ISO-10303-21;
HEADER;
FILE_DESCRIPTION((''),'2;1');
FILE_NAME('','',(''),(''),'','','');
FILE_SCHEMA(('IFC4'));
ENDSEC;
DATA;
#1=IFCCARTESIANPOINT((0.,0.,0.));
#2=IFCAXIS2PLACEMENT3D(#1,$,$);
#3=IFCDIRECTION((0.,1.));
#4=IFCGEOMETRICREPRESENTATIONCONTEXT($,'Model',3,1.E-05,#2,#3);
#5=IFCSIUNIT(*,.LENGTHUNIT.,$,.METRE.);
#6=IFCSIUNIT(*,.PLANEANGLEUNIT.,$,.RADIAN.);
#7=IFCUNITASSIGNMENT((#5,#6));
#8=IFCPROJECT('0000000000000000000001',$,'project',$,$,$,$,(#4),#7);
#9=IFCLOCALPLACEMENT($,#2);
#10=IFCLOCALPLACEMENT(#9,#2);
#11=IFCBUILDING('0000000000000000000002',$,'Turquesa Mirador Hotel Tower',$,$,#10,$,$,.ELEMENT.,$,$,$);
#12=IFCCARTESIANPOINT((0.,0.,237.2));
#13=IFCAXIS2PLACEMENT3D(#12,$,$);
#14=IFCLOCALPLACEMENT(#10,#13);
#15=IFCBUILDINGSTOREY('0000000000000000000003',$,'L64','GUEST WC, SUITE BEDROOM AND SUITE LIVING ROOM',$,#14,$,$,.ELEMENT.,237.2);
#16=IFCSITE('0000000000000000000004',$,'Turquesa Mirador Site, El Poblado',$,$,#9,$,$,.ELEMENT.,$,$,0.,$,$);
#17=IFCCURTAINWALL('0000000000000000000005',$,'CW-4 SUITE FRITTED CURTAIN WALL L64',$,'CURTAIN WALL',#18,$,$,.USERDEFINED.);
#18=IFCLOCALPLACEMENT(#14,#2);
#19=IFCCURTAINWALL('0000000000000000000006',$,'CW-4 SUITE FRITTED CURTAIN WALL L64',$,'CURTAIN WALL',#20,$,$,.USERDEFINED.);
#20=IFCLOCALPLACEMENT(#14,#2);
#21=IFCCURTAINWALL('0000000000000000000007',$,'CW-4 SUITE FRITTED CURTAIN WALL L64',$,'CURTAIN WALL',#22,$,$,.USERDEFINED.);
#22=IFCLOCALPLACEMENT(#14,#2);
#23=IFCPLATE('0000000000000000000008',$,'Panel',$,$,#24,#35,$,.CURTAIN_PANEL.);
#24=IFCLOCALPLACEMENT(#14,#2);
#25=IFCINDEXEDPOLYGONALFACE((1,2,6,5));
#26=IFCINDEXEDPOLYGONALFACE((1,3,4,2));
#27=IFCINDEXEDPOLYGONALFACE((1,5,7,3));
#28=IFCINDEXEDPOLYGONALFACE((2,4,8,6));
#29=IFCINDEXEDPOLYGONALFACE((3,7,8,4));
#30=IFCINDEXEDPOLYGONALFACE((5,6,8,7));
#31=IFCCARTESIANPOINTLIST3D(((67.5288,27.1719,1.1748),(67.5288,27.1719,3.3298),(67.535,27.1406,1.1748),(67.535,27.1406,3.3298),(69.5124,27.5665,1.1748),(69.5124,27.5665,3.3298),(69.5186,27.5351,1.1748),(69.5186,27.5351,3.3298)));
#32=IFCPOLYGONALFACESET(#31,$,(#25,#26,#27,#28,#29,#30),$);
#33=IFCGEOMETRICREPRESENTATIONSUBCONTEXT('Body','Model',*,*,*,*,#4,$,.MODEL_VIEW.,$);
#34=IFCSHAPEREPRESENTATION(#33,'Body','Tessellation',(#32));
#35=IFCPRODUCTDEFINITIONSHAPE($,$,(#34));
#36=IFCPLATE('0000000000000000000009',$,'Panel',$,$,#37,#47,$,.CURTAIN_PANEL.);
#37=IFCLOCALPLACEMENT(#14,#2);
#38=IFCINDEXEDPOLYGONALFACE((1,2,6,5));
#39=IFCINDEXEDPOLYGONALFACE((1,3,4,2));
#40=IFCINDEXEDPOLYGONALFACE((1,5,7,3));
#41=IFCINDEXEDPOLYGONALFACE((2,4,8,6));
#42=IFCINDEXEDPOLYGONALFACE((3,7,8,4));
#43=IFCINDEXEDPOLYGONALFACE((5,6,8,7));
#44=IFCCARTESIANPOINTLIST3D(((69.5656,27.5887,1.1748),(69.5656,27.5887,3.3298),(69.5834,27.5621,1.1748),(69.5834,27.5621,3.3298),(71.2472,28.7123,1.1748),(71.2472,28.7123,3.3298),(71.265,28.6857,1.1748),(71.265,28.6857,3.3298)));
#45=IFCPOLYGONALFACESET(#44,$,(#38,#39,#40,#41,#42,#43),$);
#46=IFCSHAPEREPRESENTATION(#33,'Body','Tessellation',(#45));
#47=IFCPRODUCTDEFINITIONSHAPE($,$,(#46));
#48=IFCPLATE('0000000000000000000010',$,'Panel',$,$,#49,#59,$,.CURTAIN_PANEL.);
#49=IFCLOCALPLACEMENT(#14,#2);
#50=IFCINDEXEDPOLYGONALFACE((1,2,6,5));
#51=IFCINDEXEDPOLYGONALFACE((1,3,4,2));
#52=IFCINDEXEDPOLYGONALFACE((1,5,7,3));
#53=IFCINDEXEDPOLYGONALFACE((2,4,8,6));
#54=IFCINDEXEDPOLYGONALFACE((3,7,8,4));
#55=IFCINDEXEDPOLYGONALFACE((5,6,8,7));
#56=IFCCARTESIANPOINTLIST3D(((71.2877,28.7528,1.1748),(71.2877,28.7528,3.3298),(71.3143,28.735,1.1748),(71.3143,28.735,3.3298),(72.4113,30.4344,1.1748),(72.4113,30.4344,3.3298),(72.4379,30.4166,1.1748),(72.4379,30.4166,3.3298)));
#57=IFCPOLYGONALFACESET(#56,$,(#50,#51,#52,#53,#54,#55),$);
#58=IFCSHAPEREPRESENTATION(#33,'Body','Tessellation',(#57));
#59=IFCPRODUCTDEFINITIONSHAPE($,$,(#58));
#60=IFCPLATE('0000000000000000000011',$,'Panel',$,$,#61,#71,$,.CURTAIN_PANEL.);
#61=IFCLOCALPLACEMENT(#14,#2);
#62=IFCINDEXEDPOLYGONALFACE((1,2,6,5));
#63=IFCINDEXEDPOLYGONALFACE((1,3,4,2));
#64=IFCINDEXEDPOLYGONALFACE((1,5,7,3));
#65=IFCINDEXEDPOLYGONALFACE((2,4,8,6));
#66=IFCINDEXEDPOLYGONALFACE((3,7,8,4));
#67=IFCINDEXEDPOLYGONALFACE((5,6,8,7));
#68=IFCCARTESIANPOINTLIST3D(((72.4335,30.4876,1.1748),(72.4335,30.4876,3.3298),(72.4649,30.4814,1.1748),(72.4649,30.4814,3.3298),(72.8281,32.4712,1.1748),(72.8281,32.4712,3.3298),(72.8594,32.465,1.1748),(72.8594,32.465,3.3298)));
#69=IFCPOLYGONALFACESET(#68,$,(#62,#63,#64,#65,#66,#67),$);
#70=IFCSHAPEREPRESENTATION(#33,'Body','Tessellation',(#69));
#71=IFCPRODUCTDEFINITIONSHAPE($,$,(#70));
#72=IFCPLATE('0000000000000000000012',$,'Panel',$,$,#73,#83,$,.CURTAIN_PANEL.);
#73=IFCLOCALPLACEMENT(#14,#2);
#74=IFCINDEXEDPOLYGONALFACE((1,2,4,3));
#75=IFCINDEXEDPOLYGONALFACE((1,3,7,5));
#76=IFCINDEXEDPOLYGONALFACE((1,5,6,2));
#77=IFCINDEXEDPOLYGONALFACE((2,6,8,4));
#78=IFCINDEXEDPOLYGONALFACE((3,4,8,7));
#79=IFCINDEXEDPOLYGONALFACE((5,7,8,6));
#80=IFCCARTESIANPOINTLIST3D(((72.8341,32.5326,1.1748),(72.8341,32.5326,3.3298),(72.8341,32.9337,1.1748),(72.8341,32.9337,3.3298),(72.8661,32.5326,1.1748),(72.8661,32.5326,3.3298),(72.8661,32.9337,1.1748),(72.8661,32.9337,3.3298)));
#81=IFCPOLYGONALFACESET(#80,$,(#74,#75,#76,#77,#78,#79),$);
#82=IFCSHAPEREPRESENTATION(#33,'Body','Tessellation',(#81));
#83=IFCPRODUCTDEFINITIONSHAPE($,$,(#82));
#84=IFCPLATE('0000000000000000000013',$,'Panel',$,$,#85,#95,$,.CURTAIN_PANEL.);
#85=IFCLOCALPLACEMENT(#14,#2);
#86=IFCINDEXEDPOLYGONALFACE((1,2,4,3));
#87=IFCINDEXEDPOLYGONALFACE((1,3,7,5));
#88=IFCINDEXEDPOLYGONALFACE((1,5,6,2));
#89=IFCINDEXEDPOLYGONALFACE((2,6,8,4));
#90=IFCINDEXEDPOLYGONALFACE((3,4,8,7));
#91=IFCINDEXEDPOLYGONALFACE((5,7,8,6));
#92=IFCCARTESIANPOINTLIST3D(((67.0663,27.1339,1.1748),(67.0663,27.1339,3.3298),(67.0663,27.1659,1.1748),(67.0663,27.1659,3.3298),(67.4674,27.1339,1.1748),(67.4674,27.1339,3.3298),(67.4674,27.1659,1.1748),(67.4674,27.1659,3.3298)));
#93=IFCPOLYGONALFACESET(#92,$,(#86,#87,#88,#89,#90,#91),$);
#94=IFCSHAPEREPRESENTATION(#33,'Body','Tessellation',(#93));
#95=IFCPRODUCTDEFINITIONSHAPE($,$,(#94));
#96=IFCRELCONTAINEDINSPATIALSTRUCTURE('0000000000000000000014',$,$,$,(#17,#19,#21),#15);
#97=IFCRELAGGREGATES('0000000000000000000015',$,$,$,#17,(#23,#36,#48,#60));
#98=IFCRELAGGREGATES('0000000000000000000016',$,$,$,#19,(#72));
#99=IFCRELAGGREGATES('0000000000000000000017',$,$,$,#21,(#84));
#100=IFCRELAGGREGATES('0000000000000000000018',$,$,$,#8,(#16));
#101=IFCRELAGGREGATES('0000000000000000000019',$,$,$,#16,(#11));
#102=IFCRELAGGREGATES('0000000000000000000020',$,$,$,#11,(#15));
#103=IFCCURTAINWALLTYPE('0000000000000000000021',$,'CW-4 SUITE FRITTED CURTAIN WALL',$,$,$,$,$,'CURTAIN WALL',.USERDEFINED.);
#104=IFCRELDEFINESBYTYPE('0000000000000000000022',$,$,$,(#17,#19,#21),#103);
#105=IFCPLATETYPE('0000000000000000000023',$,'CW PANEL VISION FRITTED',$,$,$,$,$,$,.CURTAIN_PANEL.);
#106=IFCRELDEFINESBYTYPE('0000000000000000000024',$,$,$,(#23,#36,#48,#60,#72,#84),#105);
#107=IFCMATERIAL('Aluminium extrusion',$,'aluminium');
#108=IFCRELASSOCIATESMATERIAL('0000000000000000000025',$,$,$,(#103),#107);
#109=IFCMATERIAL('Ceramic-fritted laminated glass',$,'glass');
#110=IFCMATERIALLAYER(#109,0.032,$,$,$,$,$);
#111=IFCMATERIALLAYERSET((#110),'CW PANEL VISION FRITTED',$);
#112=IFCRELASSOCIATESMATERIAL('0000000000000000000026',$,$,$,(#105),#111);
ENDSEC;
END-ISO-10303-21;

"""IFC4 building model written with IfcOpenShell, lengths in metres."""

from ifc_helpers import new_model, si_unit, direction, frame, origin, origin_2d, place, context, subcontext, project, spatial, rectangle, extrude, material, layer, layer_set, type_object, element, aggregate, save


model = new_model("IFC4")

# Units and contexts
model_context = context("Model", 3, precision=1e-05, world=origin(), true_north=direction((0.0, 1.0)))
body_context = subcontext(model_context, "Body", "Model", "MODEL_VIEW")
ifc_project = project(units=[si_unit("LENGTHUNIT", "METRE"), si_unit("PLANEANGLEUNIT", "RADIAN")], contexts=[model_context])

# Site, building, storey
site_placement = place(None, origin())
site = spatial("IfcSite", under=ifc_project, at=site_placement, Name="Turquesa Mirador Site, El Poblado", CompositionType="ELEMENT", RefElevation=0.0)
building_placement = place(site_placement, origin())
building = spatial("IfcBuilding", under=site, at=building_placement, Name="Turquesa Mirador Hotel Tower", CompositionType="ELEMENT")
storey_placement = place(building_placement, frame((0.0, 0.0, 237.2)))
storey = spatial("IfcBuildingStorey", under=building, at=storey_placement, Name="L64", Description="GUEST WC, SUITE BEDROOM AND SUITE LIVING ROOM", CompositionType="ELEMENT", Elevation=237.2)

# Curtain walls
ifc_material_1 = material(Name="Aluminium extrusion", Category="aluminium")
curtain_wall_type = type_object("IfcCurtainWallType", Name="CW-4 SUITE FRITTED CURTAIN WALL", ElementType="CURTAIN WALL", PredefinedType="USERDEFINED", material=ifc_material_1)
curtain_wall_1_placement = place(storey_placement, origin())
curtain_wall_1 = element("IfcCurtainWall", 1, at=curtain_wall_1_placement, inside=storey, type_object=curtain_wall_type, Name="CW-4 SUITE FRITTED CURTAIN WALL L64", ObjectType="CURTAIN WALL", PredefinedType="USERDEFINED")
curtain_wall_2_placement = place(storey_placement, origin())
curtain_wall_2 = element("IfcCurtainWall", 2, at=curtain_wall_2_placement, inside=storey, type_object=curtain_wall_type, Name="CW-4 SUITE FRITTED CURTAIN WALL L64", ObjectType="CURTAIN WALL", PredefinedType="USERDEFINED")
curtain_wall_3_placement = place(storey_placement, origin())
curtain_wall_3 = element("IfcCurtainWall", 3, at=curtain_wall_3_placement, inside=storey, type_object=curtain_wall_type, Name="CW-4 SUITE FRITTED CURTAIN WALL L64", ObjectType="CURTAIN WALL", PredefinedType="USERDEFINED")

# Plates
ifc_material_2 = material(Name="Ceramic-fritted laminated glass", Category="glass")
ifc_layer_1 = layer(ifc_material_2, 0.032)
ifc_layer_set_1 = layer_set([ifc_layer_1], Name="CW PANEL VISION FRITTED")
plate_type_1 = type_object("IfcPlateType", Name="CW PANEL VISION FRITTED", PredefinedType="CURTAIN_PANEL", material=ifc_layer_set_1)
plate_1_placement = place(storey_placement, frame((68.5237, 27.3535, 1.1748), z_axis=(0.0, 0.0, 1.0), x_axis=(0.980785, 0.195091, 0.0)))
plate_1 = element("IfcPlate", 4, at=plate_1_placement, type_object=plate_type_1, Name="Panel", PredefinedType="CURTAIN_PANEL", context=body_context, shape_type="SweptSolid", body=[
    extrude(rectangle(XDim=2.0225, YDim=0.032, at=origin_2d()), origin(), (0.0, 0.0, 1.0), 2.155),
])
plate_2_placement = place(storey_placement, frame((70.4153, 28.1372, 1.1748), z_axis=(0.0, 0.0, 1.0), x_axis=(0.83147, 0.55557, 0.0)))
plate_2 = element("IfcPlate", 5, at=plate_2_placement, type_object=plate_type_1, Name="Panel", PredefinedType="CURTAIN_PANEL", context=body_context, shape_type="SweptSolid", body=[
    extrude(rectangle(XDim=2.0225, YDim=0.032, at=origin_2d()), origin(), (0.0, 0.0, 1.0), 2.155),
])
plate_3_placement = place(storey_placement, frame((71.8628, 29.5847, 1.1748), z_axis=(0.0, 0.0, 1.0), x_axis=(0.55557, 0.83147, 0.0)))
plate_3 = element("IfcPlate", 6, at=plate_3_placement, type_object=plate_type_1, Name="Panel", PredefinedType="CURTAIN_PANEL", context=body_context, shape_type="SweptSolid", body=[
    extrude(rectangle(XDim=2.0225, YDim=0.032, at=origin_2d()), origin(), (0.0, 0.0, 1.0), 2.155),
])
plate_4_placement = place(storey_placement, frame((72.6465, 31.4763, 1.1748), z_axis=(0.0, 0.0, 1.0), x_axis=(0.195091, 0.980785, 0.0)))
plate_4 = element("IfcPlate", 7, at=plate_4_placement, type_object=plate_type_1, Name="Panel", PredefinedType="CURTAIN_PANEL", context=body_context, shape_type="SweptSolid", body=[
    extrude(rectangle(XDim=2.0225, YDim=0.032, at=origin_2d()), origin(), (0.0, 0.0, 1.0), 2.155),
])
aggregate(curtain_wall_1, [plate_1, plate_2, plate_3, plate_4])
plate_5_placement = place(storey_placement, frame((72.8501, 32.7332, 1.1748), z_axis=(0.0, 0.0, 1.0), x_axis=(0.0, 1.0, 0.0)))
plate_5 = element("IfcPlate", 8, at=plate_5_placement, type_object=plate_type_1, Name="Panel", PredefinedType="CURTAIN_PANEL", context=body_context, shape_type="SweptSolid", body=[
    extrude(rectangle(XDim=0.4011, YDim=0.032, at=origin_2d()), origin(), (0.0, 0.0, 1.0), 2.155),
])
aggregate(curtain_wall_2, [plate_5])
plate_6_placement = place(storey_placement, frame((67.2668, 27.1499, 1.1748), z_axis=(0.0, 0.0, 1.0), x_axis=(1.0, 0.0, 0.0)))
plate_6 = element("IfcPlate", 9, at=plate_6_placement, type_object=plate_type_1, Name="Panel", PredefinedType="CURTAIN_PANEL", context=body_context, shape_type="SweptSolid", body=[
    extrude(rectangle(XDim=0.4011, YDim=0.032, at=origin_2d()), origin(), (0.0, 0.0, 1.0), 2.155),
])
aggregate(curtain_wall_3, [plate_6])

save(model, "model.ifc")
